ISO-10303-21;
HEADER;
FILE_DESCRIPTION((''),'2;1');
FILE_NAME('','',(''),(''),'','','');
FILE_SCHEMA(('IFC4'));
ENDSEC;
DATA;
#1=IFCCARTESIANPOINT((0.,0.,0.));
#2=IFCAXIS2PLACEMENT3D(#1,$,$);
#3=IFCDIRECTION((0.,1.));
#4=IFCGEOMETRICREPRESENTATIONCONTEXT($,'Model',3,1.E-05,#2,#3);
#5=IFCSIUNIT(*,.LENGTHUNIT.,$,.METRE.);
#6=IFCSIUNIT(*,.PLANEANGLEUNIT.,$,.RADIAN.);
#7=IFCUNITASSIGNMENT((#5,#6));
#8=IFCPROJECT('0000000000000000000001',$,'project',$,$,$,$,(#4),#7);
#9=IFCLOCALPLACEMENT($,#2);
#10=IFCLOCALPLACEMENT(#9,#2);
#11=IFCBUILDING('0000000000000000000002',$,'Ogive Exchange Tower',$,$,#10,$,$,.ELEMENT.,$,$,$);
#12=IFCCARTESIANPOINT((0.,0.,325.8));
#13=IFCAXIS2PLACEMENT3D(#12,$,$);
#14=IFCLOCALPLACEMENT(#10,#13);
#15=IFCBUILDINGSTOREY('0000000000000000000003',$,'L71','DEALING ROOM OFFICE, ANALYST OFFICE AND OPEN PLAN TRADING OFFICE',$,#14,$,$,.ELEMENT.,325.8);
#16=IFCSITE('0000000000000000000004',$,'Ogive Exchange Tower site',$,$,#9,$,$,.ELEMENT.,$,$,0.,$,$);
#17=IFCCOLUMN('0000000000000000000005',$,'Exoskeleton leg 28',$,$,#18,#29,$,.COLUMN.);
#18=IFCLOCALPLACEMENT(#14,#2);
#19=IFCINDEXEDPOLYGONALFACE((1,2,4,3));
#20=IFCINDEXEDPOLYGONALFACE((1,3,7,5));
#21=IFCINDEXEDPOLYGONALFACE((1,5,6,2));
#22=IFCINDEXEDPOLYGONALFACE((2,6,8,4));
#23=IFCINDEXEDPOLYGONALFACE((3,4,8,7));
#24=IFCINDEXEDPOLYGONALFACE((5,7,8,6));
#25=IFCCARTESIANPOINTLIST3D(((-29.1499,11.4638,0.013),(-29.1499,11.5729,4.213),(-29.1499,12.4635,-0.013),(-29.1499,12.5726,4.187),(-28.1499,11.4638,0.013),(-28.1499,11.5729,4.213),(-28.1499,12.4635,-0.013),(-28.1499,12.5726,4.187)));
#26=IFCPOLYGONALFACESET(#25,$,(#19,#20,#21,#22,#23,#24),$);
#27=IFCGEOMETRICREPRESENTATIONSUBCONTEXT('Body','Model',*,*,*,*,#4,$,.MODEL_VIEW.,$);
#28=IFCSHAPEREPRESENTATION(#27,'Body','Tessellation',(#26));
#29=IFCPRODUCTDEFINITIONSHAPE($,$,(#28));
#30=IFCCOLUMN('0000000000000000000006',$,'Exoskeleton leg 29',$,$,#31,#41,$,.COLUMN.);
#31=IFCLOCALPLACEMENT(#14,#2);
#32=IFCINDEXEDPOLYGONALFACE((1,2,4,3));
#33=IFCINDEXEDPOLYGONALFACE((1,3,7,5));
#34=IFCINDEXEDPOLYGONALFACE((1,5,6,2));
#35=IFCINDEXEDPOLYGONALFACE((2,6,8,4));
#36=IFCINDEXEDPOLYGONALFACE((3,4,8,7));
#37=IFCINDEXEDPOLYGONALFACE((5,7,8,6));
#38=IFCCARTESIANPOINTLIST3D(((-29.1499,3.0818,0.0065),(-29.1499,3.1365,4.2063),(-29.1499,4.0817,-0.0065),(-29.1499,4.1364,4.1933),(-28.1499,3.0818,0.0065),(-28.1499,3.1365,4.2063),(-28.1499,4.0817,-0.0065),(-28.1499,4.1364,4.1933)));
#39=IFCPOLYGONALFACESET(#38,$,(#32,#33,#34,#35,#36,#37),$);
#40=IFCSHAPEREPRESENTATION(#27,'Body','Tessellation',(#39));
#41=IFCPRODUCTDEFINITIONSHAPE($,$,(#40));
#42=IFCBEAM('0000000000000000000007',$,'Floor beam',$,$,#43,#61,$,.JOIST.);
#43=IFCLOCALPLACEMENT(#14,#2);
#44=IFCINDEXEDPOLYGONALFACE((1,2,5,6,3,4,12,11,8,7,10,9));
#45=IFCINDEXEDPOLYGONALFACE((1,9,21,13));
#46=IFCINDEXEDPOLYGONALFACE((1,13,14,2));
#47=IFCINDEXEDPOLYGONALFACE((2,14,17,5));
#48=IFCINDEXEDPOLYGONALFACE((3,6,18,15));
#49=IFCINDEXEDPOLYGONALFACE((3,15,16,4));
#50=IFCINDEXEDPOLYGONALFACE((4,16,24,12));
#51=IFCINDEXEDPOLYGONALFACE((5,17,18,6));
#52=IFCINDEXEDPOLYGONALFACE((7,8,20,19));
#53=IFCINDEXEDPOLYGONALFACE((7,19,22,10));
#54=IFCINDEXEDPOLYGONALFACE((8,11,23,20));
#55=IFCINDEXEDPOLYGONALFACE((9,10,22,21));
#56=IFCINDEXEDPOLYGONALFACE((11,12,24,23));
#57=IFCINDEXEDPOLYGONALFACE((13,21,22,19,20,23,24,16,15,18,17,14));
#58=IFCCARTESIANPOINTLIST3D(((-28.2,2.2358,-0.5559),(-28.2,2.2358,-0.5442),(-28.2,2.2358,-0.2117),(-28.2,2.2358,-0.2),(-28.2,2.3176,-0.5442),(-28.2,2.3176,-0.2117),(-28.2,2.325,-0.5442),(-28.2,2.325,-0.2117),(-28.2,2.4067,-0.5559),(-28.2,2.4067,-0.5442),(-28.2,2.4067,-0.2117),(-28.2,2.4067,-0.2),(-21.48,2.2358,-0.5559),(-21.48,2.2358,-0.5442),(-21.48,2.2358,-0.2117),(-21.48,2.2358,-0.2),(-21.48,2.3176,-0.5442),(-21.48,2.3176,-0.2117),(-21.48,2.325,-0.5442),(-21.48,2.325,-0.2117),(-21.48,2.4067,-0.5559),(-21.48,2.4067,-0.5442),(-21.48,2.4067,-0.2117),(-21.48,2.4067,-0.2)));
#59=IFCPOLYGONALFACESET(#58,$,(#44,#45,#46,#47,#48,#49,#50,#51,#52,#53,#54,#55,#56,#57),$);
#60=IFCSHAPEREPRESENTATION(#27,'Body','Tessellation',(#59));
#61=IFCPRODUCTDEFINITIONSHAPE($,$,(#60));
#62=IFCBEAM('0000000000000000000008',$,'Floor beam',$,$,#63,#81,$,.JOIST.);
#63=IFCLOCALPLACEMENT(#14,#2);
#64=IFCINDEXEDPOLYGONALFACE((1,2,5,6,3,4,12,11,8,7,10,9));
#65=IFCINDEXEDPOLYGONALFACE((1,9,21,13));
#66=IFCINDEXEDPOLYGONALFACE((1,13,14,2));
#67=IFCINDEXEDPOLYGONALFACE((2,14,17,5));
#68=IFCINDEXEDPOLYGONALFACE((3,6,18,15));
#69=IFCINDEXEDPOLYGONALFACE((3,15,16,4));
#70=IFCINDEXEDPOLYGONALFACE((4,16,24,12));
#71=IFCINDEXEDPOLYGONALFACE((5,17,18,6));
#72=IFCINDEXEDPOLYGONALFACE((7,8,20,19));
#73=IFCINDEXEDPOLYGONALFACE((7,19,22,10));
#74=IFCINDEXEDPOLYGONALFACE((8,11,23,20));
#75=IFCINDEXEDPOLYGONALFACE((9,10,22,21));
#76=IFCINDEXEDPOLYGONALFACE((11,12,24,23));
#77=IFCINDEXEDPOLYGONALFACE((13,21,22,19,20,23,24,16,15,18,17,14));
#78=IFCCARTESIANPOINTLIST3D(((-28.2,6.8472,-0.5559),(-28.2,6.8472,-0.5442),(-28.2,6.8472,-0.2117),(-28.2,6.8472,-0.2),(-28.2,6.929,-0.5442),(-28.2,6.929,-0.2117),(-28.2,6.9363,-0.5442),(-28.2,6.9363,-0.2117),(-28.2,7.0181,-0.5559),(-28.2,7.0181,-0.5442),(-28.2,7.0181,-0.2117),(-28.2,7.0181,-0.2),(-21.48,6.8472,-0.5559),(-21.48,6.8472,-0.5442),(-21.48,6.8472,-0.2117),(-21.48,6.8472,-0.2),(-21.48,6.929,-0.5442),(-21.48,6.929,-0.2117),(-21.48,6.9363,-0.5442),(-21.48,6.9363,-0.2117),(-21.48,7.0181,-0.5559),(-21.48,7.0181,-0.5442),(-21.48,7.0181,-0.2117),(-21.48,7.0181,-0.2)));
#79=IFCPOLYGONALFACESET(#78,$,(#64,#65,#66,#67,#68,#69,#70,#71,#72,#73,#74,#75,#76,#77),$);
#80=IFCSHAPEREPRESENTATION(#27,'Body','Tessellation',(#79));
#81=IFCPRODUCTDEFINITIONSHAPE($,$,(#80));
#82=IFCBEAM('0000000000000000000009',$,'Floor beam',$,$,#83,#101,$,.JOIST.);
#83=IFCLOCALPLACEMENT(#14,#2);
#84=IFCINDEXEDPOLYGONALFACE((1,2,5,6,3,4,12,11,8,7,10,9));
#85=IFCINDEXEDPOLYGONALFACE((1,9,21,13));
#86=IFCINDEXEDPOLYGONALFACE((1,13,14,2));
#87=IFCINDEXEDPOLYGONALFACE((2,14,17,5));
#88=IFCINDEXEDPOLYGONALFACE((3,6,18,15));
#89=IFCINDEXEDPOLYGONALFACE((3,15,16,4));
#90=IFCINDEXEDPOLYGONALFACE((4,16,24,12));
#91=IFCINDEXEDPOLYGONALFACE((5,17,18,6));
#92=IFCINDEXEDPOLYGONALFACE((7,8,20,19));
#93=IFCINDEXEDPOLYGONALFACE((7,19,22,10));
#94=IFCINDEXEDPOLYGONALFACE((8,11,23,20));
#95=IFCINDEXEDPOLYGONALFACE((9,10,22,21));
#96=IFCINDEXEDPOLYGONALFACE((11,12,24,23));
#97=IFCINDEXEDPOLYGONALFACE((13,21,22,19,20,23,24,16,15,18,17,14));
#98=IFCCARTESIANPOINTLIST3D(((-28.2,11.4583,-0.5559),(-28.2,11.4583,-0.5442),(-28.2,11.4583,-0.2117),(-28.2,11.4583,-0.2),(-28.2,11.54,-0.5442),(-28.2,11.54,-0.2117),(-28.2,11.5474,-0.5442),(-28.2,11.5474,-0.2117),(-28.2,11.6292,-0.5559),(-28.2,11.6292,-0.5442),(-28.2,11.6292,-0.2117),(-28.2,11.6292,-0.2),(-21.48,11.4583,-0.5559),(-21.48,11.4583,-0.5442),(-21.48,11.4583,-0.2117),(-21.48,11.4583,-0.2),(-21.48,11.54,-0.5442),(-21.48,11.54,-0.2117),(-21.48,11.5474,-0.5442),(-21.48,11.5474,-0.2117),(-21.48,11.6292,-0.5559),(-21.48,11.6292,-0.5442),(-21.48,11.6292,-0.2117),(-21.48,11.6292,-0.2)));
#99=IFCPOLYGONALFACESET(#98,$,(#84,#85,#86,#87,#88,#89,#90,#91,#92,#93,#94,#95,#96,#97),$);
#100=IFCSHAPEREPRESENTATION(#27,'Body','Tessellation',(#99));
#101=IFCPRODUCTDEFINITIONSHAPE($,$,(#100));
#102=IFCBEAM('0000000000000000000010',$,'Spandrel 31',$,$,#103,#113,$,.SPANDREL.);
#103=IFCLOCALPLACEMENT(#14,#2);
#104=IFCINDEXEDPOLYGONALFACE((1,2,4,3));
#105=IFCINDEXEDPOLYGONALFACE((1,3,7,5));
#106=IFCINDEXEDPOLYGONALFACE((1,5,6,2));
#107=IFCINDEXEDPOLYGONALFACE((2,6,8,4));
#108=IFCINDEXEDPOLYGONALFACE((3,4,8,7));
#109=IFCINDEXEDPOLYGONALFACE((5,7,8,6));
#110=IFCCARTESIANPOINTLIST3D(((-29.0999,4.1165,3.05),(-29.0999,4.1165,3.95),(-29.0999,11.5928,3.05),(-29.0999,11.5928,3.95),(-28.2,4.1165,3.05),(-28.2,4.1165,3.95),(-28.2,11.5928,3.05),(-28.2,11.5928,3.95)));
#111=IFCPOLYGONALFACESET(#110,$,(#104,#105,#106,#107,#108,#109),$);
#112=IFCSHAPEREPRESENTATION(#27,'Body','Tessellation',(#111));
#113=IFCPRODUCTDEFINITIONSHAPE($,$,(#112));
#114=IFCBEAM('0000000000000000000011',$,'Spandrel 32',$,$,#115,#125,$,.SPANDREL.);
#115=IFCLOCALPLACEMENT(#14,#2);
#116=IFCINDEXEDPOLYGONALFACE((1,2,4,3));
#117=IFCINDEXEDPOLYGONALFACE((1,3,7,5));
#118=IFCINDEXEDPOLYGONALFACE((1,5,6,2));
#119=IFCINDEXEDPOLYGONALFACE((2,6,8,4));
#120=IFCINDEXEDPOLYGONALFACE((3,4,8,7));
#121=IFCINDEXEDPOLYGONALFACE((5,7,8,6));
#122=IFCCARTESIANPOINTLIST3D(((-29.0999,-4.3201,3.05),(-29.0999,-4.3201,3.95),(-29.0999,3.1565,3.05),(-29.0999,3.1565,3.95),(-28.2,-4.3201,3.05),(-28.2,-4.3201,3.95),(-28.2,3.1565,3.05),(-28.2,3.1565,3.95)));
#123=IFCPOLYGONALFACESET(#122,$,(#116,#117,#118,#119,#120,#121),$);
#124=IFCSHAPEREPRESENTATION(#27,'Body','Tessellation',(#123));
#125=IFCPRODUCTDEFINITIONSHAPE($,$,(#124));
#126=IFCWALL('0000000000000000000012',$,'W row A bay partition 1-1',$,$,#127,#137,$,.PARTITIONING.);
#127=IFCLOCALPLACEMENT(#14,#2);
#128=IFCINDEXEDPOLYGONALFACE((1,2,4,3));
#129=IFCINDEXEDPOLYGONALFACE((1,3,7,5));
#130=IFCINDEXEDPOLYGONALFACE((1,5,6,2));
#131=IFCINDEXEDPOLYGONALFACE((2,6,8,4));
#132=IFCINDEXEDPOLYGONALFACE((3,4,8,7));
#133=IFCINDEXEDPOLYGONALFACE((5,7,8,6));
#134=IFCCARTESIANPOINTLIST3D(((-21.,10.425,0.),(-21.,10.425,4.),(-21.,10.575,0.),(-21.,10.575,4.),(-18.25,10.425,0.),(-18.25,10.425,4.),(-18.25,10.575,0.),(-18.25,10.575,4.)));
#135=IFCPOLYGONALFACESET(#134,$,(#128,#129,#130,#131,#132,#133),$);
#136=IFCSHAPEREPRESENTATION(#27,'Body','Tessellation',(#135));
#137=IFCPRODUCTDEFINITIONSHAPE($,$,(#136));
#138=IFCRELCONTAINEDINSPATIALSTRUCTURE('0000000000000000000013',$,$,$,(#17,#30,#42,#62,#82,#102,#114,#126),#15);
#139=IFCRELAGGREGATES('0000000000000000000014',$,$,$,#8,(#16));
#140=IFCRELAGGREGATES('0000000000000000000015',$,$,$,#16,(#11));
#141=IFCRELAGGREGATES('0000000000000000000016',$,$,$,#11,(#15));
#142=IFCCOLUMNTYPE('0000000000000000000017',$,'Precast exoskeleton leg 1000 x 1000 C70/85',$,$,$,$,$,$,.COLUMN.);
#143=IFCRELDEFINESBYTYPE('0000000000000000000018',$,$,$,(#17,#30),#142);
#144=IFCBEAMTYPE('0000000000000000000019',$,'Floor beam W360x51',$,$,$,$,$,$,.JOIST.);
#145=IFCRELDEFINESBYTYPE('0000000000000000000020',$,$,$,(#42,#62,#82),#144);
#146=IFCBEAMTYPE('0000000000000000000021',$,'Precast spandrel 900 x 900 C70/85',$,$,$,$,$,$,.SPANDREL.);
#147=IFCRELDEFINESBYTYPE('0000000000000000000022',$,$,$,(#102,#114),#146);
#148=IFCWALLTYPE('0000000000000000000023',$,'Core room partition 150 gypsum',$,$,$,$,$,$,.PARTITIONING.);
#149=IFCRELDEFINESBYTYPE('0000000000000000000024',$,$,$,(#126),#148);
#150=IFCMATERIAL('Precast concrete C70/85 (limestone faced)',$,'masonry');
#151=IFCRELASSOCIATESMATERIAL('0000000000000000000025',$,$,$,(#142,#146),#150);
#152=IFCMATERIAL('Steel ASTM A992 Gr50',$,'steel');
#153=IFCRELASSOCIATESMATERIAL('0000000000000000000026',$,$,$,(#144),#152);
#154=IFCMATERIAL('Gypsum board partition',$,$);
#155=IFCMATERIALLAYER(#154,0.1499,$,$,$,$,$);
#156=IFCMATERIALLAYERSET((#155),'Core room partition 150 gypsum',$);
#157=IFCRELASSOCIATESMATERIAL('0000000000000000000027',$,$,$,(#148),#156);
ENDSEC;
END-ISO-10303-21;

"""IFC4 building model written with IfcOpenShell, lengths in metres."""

from ifc_helpers import new_model, si_unit, direction, frame, frame_2d, origin, origin_2d, place, context, subcontext, project, spatial, rectangle, i_section, extrude, material, layer, layer_set, material_profile, profile_set, type_object, element, save


model = new_model("IFC4")

# Units and contexts
model_context = context("Model", 3, precision=1e-05, world=origin(), true_north=direction((0.0, 1.0)))
body_context = subcontext(model_context, "Body", "Model", "MODEL_VIEW")
ifc_project = project(units=[si_unit("LENGTHUNIT", "METRE"), si_unit("PLANEANGLEUNIT", "RADIAN")], contexts=[model_context])

# Site, building, storey
site_placement = place(None, origin())
site = spatial("IfcSite", under=ifc_project, at=site_placement, Name="Ogive Exchange Tower site", CompositionType="ELEMENT", RefElevation=0.0)
building_placement = place(site_placement, origin())
building = spatial("IfcBuilding", under=site, at=building_placement, Name="Ogive Exchange Tower", CompositionType="ELEMENT")
storey_placement = place(building_placement, frame((0.0, 0.0, 325.8)))
storey = spatial("IfcBuildingStorey", under=building, at=storey_placement, Name="L71", Description="DEALING ROOM OFFICE, ANALYST OFFICE AND OPEN PLAN TRADING OFFICE", CompositionType="ELEMENT", Elevation=325.8)

# Columns
ifc_material_1 = material(Name="Precast concrete C70/85 (limestone faced)", Category="masonry")
ifc_material_profile_1 = material_profile(ifc_material_1, rectangle(XDim=1.0, YDim=1.0, at=origin_2d()), Name="1000 x 1000")
ifc_profile_set_1 = profile_set([ifc_material_profile_1], Name="Precast concrete C70/85 (limestone faced)")
column_type = type_object("IfcColumnType", Name="Precast exoskeleton leg 1000 x 1000 C70/85", PredefinedType="COLUMN", material=ifc_profile_set_1)
column_1_placement = place(storey_placement, frame((-28.6499, 11.9636, 0.0), z_axis=(0.0, 0.025975, 0.999663), x_axis=(-1.0, 0.0, 0.0)))
element("IfcColumn", 1, at=column_1_placement, inside=storey, type_object=column_type, Name="Exoskeleton leg 28", PredefinedType="COLUMN", context=body_context, shape_type="SweptSolid", body=[
    extrude(rectangle(XDim=1.0, YDim=1.0, at=origin_2d()), origin(), (0.0, 0.0, 1.0), 4.2014),
])
column_2_placement = place(storey_placement, frame((-28.6499, 3.5818, 0.0), z_axis=(0.0, 0.01302, 0.999915), x_axis=(-1.0, 0.0, 0.0)))
element("IfcColumn", 2, at=column_2_placement, inside=storey, type_object=column_type, Name="Exoskeleton leg 29", PredefinedType="COLUMN", context=body_context, shape_type="SweptSolid", body=[
    extrude(rectangle(XDim=1.0, YDim=1.0, at=origin_2d()), origin(), (0.0, 0.0, 1.0), 4.2002),
])

# Beams
ifc_material_2 = material(Name="Steel ASTM A992 Gr50", Category="steel")
ifc_material_profile_2 = material_profile(ifc_material_2, i_section(OverallWidth=0.1709, OverallDepth=0.356, WebThickness=0.0073, FlangeThickness=0.0117, at=origin_2d()), Name="W360x51")
ifc_profile_set_2 = profile_set([ifc_material_profile_2], Name="Steel ASTM A992 Gr50")
beam_type_1 = type_object("IfcBeamType", Name="Floor beam W360x51", PredefinedType="JOIST", material=ifc_profile_set_2)
for number, where, z_axis, x_axis, name in (
    (3, (-28.2, 2.3213, -0.3779), (1.0, 0.0, 0.0), (0.0, 1.0, 0.0), "Floor beam"),
    (4, (-28.2, 6.9326, -0.3779), (1.0, 0.0, 0.0), (0.0, 1.0, 0.0), "Floor beam"),
    (5, (-28.2, 11.5437, -0.3779), (1.0, 0.0, 0.0), (0.0, 1.0, 0.0), "Floor beam"),
):
    element("IfcBeam", number, at=place(storey_placement, frame(where, z_axis=z_axis, x_axis=x_axis)), inside=storey, type_object=beam_type_1, Name=name, PredefinedType="JOIST", context=body_context, shape_type="SweptSolid", body=[
        extrude(i_section(OverallWidth=0.1709, OverallDepth=0.356, WebThickness=0.0073, FlangeThickness=0.0117, at=origin_2d()), origin(), (0.0, 0.0, 1.0), 6.72),
    ])
ifc_material_profile_3 = material_profile(ifc_material_1, rectangle(XDim=0.8999, YDim=0.8999, at=origin_2d()), Name="900 x 900")
ifc_profile_set_3 = profile_set([ifc_material_profile_3], Name="Precast concrete C70/85 (limestone faced)")
beam_type_2 = type_object("IfcBeamType", Name="Precast spandrel 900 x 900 C70/85", PredefinedType="SPANDREL", material=ifc_profile_set_3)
beam_1_placement = place(storey_placement, frame((-28.6499, 11.5928, 3.5), z_axis=(0.0, -1.0, 0.0), x_axis=(1.0, 0.0, 0.0)))
element("IfcBeam", 6, at=beam_1_placement, inside=storey, type_object=beam_type_2, Name="Spandrel 31", PredefinedType="SPANDREL", context=body_context, shape_type="SweptSolid", body=[
    extrude(rectangle(XDim=0.8999, YDim=0.8999, at=origin_2d()), origin(), (0.0, 0.0, 1.0), 7.4763),
])
beam_2_placement = place(storey_placement, frame((-28.6499, 3.1565, 3.5), z_axis=(0.0, -1.0, 0.0), x_axis=(1.0, 0.0, 0.0)))
element("IfcBeam", 7, at=beam_2_placement, inside=storey, type_object=beam_type_2, Name="Spandrel 32", PredefinedType="SPANDREL", context=body_context, shape_type="SweptSolid", body=[
    extrude(rectangle(XDim=0.8999, YDim=0.8999, at=origin_2d()), origin(), (0.0, 0.0, 1.0), 7.4766),
])

# Wall
ifc_material_3 = material(Name="Gypsum board partition")
ifc_layer_1 = layer(ifc_material_3, 0.1499)
ifc_layer_set_1 = layer_set([ifc_layer_1], Name="Core room partition 150 gypsum")
wall_type_1 = type_object("IfcWallType", Name="Core room partition 150 gypsum", PredefinedType="PARTITIONING", material=ifc_layer_set_1)
wall_1_placement = place(storey_placement, frame((-21.0, 10.5, 0.0), z_axis=(0.0, 0.0, 1.0), x_axis=(1.0, 0.0, 0.0)))
element("IfcWall", 8, at=wall_1_placement, inside=storey, type_object=wall_type_1, Name="W row A bay partition 1-1", PredefinedType="PARTITIONING", context=body_context, shape_type="SweptSolid", body=[
    extrude(rectangle(XDim=2.75, YDim=0.1499, at=frame_2d((1.375, 0.0))), origin(), (0.0, 0.0, 1.0), 4.0),
])

save(model, "model.ifc")
